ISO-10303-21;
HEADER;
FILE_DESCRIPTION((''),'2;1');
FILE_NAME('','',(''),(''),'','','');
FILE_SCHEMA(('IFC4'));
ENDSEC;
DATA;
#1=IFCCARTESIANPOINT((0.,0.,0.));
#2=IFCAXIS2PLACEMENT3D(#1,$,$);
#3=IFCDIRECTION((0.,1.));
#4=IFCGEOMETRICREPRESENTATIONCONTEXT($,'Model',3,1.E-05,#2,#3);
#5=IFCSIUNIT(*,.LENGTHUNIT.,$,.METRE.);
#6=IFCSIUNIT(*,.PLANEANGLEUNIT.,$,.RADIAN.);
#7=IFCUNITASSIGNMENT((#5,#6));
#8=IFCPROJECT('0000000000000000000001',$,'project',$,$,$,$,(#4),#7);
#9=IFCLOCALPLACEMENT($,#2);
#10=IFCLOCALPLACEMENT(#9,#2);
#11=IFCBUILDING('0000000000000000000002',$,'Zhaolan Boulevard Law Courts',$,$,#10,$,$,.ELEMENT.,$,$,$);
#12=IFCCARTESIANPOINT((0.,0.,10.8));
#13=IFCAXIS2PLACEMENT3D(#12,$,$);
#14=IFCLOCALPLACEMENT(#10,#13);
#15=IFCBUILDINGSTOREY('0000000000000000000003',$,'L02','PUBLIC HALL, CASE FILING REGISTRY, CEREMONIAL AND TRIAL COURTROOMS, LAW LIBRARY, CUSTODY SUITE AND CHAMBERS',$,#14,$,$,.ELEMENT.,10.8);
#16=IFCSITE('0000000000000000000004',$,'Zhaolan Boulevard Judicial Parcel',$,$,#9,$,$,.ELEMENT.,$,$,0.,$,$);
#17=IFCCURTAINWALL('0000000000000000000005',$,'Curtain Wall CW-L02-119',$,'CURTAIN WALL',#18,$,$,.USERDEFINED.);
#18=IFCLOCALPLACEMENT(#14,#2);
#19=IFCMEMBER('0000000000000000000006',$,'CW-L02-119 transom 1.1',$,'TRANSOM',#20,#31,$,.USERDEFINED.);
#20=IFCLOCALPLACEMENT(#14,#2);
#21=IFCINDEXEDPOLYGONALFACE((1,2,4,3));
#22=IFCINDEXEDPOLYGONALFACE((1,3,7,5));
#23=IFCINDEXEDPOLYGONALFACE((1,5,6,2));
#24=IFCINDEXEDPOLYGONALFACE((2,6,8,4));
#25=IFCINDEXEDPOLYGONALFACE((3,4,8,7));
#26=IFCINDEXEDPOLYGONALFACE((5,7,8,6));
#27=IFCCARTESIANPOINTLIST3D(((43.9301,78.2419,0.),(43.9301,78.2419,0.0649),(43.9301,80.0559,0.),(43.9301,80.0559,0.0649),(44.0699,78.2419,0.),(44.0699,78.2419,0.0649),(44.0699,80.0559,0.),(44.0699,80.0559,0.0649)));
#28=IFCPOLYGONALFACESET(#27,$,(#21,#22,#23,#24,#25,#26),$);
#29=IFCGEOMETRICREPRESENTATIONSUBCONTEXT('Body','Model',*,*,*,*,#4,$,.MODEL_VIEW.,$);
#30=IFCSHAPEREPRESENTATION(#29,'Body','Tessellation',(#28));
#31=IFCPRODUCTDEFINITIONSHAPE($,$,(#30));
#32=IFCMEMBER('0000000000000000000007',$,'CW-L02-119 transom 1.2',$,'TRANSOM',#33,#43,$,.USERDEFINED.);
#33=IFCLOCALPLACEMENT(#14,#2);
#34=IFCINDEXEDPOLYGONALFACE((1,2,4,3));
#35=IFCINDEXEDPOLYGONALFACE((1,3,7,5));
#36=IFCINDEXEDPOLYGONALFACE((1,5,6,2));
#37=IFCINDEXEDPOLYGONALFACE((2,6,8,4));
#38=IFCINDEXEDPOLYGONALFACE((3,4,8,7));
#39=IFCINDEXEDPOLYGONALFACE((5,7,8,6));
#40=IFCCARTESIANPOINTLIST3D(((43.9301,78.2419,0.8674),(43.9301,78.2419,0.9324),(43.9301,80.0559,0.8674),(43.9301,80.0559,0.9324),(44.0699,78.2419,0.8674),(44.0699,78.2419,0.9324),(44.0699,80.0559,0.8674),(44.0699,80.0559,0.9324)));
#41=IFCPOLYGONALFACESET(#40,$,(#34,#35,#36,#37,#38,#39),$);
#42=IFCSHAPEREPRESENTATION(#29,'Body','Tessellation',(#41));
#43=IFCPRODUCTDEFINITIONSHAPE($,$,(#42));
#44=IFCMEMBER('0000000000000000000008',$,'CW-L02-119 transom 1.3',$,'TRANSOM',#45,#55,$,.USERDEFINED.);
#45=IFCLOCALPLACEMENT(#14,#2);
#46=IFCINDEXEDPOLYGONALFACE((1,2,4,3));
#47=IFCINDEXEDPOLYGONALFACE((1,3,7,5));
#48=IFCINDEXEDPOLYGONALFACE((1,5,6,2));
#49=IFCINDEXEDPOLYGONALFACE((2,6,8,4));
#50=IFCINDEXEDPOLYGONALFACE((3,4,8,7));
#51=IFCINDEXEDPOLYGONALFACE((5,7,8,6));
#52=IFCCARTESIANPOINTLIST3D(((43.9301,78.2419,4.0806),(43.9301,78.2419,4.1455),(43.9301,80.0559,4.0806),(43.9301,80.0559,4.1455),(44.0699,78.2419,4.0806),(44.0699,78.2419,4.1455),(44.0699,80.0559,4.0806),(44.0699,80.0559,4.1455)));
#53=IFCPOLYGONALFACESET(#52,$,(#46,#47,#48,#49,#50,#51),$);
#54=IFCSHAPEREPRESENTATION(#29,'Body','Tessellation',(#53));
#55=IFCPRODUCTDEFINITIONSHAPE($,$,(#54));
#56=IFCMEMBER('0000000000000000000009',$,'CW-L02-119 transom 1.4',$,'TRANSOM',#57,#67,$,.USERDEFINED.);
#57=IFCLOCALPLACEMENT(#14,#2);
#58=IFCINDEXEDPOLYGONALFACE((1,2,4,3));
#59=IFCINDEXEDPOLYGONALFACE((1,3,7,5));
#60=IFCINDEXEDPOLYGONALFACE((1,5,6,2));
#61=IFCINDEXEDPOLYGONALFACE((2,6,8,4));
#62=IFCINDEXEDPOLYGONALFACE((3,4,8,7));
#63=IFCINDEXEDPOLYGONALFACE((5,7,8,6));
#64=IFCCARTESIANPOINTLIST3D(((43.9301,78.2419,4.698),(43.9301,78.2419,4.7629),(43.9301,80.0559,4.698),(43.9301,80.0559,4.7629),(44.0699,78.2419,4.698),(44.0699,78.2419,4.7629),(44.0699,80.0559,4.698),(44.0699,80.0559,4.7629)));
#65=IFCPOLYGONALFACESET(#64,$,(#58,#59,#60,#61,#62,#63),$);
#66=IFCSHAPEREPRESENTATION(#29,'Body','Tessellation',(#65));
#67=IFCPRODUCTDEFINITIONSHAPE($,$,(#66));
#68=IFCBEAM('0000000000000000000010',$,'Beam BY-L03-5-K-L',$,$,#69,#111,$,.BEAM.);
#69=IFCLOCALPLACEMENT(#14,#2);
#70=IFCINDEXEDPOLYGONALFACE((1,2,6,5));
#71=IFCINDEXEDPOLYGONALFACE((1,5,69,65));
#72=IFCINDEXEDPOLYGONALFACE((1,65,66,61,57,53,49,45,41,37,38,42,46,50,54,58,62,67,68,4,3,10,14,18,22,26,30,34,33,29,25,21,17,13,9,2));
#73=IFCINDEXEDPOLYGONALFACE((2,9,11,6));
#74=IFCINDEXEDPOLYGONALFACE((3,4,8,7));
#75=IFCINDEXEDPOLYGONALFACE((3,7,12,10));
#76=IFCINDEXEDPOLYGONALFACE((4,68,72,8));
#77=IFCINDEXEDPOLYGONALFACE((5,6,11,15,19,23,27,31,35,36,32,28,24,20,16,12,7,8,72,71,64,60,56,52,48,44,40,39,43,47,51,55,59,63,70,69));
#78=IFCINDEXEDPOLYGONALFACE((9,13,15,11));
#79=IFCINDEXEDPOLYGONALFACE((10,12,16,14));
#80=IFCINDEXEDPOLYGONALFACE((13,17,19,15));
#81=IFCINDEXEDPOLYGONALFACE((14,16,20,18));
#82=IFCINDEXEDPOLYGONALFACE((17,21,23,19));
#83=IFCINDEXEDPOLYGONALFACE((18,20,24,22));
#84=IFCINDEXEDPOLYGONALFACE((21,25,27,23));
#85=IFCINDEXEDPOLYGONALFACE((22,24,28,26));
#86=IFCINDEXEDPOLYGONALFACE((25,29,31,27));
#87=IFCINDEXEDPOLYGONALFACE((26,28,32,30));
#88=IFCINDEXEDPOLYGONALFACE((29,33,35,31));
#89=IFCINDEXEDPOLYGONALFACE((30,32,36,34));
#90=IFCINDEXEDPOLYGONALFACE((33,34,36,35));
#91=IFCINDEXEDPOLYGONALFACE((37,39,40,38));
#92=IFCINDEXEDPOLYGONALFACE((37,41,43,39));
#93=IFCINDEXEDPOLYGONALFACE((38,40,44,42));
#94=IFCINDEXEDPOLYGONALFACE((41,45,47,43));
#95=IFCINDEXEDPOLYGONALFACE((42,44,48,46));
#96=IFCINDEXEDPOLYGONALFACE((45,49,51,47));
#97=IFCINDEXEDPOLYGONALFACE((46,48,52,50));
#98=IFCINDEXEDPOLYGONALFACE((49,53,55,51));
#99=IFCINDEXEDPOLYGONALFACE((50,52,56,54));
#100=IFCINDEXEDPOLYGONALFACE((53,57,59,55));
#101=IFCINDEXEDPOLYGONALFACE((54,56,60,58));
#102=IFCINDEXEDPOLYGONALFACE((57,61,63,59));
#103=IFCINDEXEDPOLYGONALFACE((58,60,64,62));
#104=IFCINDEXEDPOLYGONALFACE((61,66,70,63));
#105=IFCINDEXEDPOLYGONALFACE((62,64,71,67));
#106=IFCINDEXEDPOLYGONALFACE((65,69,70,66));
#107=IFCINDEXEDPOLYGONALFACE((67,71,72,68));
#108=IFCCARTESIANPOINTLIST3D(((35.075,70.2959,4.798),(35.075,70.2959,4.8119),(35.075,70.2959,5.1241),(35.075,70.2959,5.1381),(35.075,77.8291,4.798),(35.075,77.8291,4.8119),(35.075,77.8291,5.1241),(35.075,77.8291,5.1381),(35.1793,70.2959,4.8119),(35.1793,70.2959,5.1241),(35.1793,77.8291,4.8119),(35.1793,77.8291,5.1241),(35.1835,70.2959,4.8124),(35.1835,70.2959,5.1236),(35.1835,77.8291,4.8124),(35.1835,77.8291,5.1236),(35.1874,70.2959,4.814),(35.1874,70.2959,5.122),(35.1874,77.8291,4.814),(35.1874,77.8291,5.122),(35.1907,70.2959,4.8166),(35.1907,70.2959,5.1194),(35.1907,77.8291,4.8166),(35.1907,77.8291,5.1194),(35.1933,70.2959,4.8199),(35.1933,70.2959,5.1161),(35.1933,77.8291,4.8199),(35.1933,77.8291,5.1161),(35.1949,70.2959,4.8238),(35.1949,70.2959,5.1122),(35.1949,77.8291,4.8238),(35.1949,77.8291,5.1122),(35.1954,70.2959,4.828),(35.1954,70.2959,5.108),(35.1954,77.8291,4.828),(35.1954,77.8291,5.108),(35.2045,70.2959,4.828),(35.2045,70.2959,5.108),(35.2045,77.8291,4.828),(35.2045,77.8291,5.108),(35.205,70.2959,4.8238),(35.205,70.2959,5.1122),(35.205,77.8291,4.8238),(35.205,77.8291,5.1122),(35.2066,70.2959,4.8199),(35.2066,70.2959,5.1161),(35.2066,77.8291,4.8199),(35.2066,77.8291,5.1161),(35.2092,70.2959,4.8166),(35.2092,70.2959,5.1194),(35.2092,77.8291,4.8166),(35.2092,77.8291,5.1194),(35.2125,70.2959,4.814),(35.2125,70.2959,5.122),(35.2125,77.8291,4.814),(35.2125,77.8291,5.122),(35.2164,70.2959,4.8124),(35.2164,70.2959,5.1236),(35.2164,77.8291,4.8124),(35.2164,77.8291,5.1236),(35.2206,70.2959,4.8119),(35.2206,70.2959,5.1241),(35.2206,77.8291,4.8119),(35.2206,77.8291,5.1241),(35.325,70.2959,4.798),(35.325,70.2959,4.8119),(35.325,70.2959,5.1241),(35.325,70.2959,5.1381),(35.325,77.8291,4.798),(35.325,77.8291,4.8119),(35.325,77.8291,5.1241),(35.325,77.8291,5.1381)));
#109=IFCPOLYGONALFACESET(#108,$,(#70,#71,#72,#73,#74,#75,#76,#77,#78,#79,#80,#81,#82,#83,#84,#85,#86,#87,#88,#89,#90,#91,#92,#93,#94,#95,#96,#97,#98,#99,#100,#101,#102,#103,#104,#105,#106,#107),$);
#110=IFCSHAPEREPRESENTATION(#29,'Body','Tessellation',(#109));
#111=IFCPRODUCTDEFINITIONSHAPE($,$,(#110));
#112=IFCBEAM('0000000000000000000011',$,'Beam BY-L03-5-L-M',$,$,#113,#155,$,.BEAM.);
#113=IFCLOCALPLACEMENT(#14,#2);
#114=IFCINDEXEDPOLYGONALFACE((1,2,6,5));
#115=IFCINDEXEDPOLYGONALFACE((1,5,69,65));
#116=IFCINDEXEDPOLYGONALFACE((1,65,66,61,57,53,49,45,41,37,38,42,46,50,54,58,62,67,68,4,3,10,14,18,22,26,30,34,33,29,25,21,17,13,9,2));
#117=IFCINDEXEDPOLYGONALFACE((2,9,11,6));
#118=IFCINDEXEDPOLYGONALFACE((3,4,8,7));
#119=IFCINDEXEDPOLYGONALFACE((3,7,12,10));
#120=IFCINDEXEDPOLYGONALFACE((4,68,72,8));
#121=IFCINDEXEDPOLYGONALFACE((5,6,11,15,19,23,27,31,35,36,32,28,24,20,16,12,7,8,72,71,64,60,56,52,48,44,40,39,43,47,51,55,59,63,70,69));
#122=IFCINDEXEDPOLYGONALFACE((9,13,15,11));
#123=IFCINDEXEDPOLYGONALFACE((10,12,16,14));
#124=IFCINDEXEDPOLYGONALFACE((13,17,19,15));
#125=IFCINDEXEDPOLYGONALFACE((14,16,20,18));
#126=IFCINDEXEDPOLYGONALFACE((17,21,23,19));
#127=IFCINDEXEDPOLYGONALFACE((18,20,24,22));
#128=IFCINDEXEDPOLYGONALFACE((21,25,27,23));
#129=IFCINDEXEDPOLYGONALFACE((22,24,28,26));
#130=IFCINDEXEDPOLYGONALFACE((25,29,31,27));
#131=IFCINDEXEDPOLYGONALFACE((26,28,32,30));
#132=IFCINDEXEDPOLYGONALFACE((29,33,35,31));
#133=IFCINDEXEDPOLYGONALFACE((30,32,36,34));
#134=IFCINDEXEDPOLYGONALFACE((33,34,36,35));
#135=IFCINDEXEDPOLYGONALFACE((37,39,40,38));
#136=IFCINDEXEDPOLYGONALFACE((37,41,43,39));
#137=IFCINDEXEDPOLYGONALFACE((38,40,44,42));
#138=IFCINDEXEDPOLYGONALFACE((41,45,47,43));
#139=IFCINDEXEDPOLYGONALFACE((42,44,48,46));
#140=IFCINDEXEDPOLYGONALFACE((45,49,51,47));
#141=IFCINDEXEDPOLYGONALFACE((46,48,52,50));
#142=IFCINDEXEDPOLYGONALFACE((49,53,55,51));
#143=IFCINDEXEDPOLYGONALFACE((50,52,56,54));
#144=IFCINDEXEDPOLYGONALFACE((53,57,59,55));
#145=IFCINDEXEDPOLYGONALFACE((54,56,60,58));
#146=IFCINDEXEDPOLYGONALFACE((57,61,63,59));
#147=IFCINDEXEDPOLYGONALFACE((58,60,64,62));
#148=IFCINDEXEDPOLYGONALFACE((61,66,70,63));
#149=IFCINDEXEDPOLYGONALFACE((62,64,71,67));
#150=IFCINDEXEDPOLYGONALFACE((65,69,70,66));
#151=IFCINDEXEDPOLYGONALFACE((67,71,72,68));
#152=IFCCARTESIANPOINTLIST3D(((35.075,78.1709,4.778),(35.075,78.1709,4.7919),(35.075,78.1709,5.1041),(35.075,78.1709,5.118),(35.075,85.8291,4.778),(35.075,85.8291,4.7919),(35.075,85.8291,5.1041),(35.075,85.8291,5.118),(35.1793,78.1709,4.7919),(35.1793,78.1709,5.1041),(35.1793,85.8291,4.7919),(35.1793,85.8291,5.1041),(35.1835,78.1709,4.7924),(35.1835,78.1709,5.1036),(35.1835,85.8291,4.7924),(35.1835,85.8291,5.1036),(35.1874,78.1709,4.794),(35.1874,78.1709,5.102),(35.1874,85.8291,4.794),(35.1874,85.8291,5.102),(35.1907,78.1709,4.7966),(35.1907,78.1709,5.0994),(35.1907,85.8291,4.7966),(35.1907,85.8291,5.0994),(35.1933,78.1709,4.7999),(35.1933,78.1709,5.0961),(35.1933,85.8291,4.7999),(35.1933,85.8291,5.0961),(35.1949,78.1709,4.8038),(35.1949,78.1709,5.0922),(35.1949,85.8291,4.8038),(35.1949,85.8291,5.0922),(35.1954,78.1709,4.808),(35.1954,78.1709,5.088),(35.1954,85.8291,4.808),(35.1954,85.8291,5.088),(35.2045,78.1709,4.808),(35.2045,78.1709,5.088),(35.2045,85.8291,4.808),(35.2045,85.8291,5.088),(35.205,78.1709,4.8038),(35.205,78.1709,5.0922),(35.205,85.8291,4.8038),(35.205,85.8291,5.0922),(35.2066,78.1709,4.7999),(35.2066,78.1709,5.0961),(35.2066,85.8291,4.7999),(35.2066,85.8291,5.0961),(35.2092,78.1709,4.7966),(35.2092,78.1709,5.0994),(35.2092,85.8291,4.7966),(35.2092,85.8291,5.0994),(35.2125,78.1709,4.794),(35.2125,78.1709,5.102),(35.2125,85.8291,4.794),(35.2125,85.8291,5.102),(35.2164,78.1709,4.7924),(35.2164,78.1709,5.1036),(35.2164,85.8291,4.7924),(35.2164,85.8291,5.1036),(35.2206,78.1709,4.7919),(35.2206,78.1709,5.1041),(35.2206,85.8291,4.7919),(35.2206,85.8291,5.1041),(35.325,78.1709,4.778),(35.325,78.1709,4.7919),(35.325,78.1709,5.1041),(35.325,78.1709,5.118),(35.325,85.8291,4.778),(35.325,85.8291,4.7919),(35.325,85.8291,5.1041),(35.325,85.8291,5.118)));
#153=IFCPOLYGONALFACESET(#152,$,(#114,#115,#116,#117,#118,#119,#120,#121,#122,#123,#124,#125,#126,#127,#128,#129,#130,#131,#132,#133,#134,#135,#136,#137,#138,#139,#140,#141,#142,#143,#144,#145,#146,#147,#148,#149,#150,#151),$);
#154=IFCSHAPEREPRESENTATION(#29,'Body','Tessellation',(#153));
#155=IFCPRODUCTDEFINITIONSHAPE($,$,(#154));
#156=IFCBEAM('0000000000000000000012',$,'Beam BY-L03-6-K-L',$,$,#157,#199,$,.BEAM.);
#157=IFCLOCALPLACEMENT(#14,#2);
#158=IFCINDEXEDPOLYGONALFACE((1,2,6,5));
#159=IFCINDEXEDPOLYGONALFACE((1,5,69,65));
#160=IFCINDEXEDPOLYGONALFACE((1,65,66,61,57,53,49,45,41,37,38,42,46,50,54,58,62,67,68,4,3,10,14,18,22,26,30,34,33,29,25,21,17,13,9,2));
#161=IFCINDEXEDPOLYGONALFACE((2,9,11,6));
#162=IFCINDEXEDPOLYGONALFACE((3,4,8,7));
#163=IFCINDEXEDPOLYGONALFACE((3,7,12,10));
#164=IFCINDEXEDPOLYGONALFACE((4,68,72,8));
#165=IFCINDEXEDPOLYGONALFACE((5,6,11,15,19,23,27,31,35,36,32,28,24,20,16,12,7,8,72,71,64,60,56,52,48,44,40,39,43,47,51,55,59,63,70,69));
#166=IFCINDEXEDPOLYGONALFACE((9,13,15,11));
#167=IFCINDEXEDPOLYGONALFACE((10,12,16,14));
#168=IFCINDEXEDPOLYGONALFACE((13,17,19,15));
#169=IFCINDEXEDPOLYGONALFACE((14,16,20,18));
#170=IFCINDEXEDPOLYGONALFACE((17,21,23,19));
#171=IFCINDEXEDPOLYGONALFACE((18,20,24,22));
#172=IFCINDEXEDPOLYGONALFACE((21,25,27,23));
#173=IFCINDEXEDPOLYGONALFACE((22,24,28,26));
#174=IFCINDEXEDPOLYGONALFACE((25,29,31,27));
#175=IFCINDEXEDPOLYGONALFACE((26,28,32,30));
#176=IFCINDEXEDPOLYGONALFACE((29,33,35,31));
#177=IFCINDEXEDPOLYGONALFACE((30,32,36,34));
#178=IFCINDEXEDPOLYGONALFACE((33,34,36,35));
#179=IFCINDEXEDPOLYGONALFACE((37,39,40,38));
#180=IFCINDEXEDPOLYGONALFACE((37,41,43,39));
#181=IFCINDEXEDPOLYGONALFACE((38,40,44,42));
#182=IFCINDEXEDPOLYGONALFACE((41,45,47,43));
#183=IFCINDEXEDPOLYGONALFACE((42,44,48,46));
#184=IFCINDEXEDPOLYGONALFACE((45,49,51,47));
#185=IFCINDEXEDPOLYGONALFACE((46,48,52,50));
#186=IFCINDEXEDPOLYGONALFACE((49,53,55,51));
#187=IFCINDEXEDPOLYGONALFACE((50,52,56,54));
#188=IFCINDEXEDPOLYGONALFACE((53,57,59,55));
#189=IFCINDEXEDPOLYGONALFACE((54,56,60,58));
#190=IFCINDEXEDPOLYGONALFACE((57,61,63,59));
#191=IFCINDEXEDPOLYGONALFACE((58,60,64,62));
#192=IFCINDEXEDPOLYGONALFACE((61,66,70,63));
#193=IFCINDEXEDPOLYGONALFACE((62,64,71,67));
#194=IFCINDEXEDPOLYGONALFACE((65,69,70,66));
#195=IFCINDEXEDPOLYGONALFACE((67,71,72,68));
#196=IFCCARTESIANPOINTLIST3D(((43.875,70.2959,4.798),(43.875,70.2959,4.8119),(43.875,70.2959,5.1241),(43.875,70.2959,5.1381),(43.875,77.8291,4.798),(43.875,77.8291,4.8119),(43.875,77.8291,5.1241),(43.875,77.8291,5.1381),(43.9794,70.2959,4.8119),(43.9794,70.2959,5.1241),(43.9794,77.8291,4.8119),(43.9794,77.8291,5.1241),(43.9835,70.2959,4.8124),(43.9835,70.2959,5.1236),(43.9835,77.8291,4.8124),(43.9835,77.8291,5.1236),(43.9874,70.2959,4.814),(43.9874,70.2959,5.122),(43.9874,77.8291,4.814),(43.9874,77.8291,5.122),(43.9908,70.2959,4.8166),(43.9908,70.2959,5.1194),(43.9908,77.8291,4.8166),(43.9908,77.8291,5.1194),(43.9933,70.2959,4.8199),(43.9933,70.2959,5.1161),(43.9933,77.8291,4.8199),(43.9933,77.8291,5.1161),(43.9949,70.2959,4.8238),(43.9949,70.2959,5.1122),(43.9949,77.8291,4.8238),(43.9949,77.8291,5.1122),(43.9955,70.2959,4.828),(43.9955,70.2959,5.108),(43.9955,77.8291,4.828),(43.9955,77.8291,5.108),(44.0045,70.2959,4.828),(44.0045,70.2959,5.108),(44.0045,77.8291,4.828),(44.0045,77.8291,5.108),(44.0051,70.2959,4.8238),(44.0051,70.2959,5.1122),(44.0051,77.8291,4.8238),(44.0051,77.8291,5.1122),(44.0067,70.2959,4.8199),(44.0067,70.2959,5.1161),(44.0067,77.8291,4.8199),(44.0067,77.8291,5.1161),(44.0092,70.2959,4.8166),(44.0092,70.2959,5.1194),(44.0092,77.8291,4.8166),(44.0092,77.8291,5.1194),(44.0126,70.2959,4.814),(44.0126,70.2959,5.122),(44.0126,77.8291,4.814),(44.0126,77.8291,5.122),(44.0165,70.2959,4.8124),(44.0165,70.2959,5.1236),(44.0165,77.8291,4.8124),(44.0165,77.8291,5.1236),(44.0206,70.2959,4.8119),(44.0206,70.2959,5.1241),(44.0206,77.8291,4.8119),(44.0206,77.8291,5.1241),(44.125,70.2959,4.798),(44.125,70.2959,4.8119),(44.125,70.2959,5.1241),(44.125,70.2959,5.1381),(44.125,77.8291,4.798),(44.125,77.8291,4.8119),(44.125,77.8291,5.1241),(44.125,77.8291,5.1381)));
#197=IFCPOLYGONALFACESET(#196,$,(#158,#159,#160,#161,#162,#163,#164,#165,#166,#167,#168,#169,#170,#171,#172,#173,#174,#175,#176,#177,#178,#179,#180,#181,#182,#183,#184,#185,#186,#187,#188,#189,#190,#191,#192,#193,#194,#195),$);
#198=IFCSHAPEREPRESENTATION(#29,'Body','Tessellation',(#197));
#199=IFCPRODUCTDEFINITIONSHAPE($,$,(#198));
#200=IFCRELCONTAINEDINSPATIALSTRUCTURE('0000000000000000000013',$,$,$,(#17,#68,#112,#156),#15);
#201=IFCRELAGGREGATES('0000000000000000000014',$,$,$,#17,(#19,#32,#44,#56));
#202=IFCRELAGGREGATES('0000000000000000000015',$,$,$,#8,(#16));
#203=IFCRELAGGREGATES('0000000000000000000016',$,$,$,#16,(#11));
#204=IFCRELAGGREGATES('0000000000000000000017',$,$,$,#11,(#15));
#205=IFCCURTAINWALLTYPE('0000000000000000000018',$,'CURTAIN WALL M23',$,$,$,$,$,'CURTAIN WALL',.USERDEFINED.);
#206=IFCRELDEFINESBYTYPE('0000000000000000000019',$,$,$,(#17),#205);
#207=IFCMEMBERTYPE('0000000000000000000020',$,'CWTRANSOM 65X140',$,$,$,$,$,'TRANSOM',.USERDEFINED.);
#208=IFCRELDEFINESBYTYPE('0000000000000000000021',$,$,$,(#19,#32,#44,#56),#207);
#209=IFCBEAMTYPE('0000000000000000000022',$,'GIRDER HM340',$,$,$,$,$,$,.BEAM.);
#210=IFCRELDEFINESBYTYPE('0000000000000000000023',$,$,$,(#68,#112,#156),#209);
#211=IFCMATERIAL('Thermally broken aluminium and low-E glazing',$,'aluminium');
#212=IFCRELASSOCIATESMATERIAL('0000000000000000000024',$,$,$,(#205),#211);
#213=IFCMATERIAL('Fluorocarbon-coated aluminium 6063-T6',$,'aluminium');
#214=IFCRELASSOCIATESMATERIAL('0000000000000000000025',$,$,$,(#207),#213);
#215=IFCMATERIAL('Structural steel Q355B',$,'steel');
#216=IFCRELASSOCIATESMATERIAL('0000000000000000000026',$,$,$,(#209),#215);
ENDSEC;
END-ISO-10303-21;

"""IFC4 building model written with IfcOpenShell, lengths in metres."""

from ifc_helpers import new_model, si_unit, direction, frame, origin, origin_2d, place, context, subcontext, project, spatial, rectangle, i_section, extrude, material, material_profile, profile_set, type_object, element, aggregate, save


model = new_model("IFC4")

# Units and contexts
model_context = context("Model", 3, precision=1e-05, world=origin(), true_north=direction((0.0, 1.0)))
body_context = subcontext(model_context, "Body", "Model", "MODEL_VIEW")
ifc_project = project(units=[si_unit("LENGTHUNIT", "METRE"), si_unit("PLANEANGLEUNIT", "RADIAN")], contexts=[model_context])

# Site, building, storey
site_placement = place(None, origin())
site = spatial("IfcSite", under=ifc_project, at=site_placement, Name="Zhaolan Boulevard Judicial Parcel", CompositionType="ELEMENT", RefElevation=0.0)
building_placement = place(site_placement, origin())
building = spatial("IfcBuilding", under=site, at=building_placement, Name="Zhaolan Boulevard Law Courts", CompositionType="ELEMENT")
storey_placement = place(building_placement, frame((0.0, 0.0, 10.8)))
storey = spatial("IfcBuildingStorey", under=building, at=storey_placement, Name="L02", Description="PUBLIC HALL, CASE FILING REGISTRY, CEREMONIAL AND TRIAL COURTROOMS, LAW LIBRARY, CUSTODY SUITE AND CHAMBERS", CompositionType="ELEMENT", Elevation=10.8)

# Curtain wall
ifc_material_1 = material(Name="Thermally broken aluminium and low-E glazing", Category="aluminium")
curtain_wall_type_1 = type_object("IfcCurtainWallType", Name="CURTAIN WALL M23", ElementType="CURTAIN WALL", PredefinedType="USERDEFINED", material=ifc_material_1)
curtain_wall_1_placement = place(storey_placement, origin())
curtain_wall_1 = element("IfcCurtainWall", 1, at=curtain_wall_1_placement, inside=storey, type_object=curtain_wall_type_1, Name="Curtain Wall CW-L02-119", ObjectType="CURTAIN WALL", PredefinedType="USERDEFINED")

# Members
ifc_material_2 = material(Name="Fluorocarbon-coated aluminium 6063-T6", Category="aluminium")
ifc_material_profile_1 = material_profile(ifc_material_2, rectangle(XDim=0.1399, YDim=0.0649, at=origin_2d()), Name="AL65x140")
ifc_profile_set_1 = profile_set([ifc_material_profile_1], Name="Fluorocarbon-coated aluminium 6063-T6")
member_type_1 = type_object("IfcMemberType", Name="CWTRANSOM 65X140", ElementType="TRANSOM", PredefinedType="USERDEFINED", material=ifc_profile_set_1)
member_1_placement = place(storey_placement, frame((44.0, 78.2419, 0.0325), z_axis=(0.0, 1.0, 0.0), x_axis=(-1.0, 0.0, 0.0)))
member_1 = element("IfcMember", 2, at=member_1_placement, type_object=member_type_1, Name="CW-L02-119 transom 1.1", ObjectType="TRANSOM", PredefinedType="USERDEFINED", context=body_context, shape_type="SweptSolid", body=[
    extrude(rectangle(XDim=0.1399, YDim=0.0649, at=origin_2d()), origin(), (0.0, 0.0, 1.0), 1.814),
])
member_2_placement = place(storey_placement, frame((44.0, 78.2419, 0.8999), z_axis=(0.0, 1.0, 0.0), x_axis=(-1.0, 0.0, 0.0)))
member_2 = element("IfcMember", 3, at=member_2_placement, type_object=member_type_1, Name="CW-L02-119 transom 1.2", ObjectType="TRANSOM", PredefinedType="USERDEFINED", context=body_context, shape_type="SweptSolid", body=[
    extrude(rectangle(XDim=0.1399, YDim=0.0649, at=origin_2d()), origin(), (0.0, 0.0, 1.0), 1.814),
])
member_3_placement = place(storey_placement, frame((44.0, 78.2419, 4.113), z_axis=(0.0, 1.0, 0.0), x_axis=(-1.0, 0.0, 0.0)))
member_3 = element("IfcMember", 4, at=member_3_placement, type_object=member_type_1, Name="CW-L02-119 transom 1.3", ObjectType="TRANSOM", PredefinedType="USERDEFINED", context=body_context, shape_type="SweptSolid", body=[
    extrude(rectangle(XDim=0.1399, YDim=0.0649, at=origin_2d()), origin(), (0.0, 0.0, 1.0), 1.814),
])
member_4_placement = place(storey_placement, frame((44.0, 78.2419, 4.7305), z_axis=(0.0, 1.0, 0.0), x_axis=(-1.0, 0.0, 0.0)))
member_4 = element("IfcMember", 5, at=member_4_placement, type_object=member_type_1, Name="CW-L02-119 transom 1.4", ObjectType="TRANSOM", PredefinedType="USERDEFINED", context=body_context, shape_type="SweptSolid", body=[
    extrude(rectangle(XDim=0.1399, YDim=0.0649, at=origin_2d()), origin(), (0.0, 0.0, 1.0), 1.814),
])
aggregate(curtain_wall_1, [member_1, member_2, member_3, member_4])

# Beams
ifc_material_3 = material(Name="Structural steel Q355B", Category="steel")
ifc_material_profile_2 = material_profile(ifc_material_3, i_section(OverallWidth=0.25, OverallDepth=0.3401, WebThickness=0.009, FlangeThickness=0.0139, FilletRadius=0.0161, at=origin_2d()), Name="HM340x250")
ifc_profile_set_2 = profile_set([ifc_material_profile_2], Name="Structural steel Q355B")
beam_type_1 = type_object("IfcBeamType", Name="GIRDER HM340", PredefinedType="BEAM", material=ifc_profile_set_2)
beam_1_placement = place(storey_placement, frame((35.2, 70.2959, 4.968), z_axis=(0.0, 1.0, 0.0), x_axis=(-1.0, 0.0, 0.0)))
element("IfcBeam", 6, at=beam_1_placement, inside=storey, type_object=beam_type_1, Name="Beam BY-L03-5-K-L", PredefinedType="BEAM", context=body_context, shape_type="SweptSolid", body=[
    extrude(i_section(OverallWidth=0.25, OverallDepth=0.3401, WebThickness=0.009, FlangeThickness=0.0139, FilletRadius=0.0161, at=origin_2d()), origin(), (0.0, 0.0, 1.0), 7.5332),
])
beam_2_placement = place(storey_placement, frame((35.2, 78.1709, 4.948), z_axis=(0.0, 1.0, 0.0), x_axis=(-1.0, 0.0, 0.0)))
element("IfcBeam", 7, at=beam_2_placement, inside=storey, type_object=beam_type_1, Name="Beam BY-L03-5-L-M", PredefinedType="BEAM", context=body_context, shape_type="SweptSolid", body=[
    extrude(i_section(OverallWidth=0.25, OverallDepth=0.3401, WebThickness=0.009, FlangeThickness=0.0139, FilletRadius=0.0161, at=origin_2d()), origin(), (0.0, 0.0, 1.0), 7.6582),
])
beam_3_placement = place(storey_placement, frame((44.0, 70.2959, 4.968), z_axis=(0.0, 1.0, 0.0), x_axis=(-1.0, 0.0, 0.0)))
element("IfcBeam", 8, at=beam_3_placement, inside=storey, type_object=beam_type_1, Name="Beam BY-L03-6-K-L", PredefinedType="BEAM", context=body_context, shape_type="SweptSolid", body=[
    extrude(i_section(OverallWidth=0.25, OverallDepth=0.3401, WebThickness=0.009, FlangeThickness=0.0139, FilletRadius=0.0161, at=origin_2d()), origin(), (0.0, 0.0, 1.0), 7.5332),
])

save(model, "model.ifc")
